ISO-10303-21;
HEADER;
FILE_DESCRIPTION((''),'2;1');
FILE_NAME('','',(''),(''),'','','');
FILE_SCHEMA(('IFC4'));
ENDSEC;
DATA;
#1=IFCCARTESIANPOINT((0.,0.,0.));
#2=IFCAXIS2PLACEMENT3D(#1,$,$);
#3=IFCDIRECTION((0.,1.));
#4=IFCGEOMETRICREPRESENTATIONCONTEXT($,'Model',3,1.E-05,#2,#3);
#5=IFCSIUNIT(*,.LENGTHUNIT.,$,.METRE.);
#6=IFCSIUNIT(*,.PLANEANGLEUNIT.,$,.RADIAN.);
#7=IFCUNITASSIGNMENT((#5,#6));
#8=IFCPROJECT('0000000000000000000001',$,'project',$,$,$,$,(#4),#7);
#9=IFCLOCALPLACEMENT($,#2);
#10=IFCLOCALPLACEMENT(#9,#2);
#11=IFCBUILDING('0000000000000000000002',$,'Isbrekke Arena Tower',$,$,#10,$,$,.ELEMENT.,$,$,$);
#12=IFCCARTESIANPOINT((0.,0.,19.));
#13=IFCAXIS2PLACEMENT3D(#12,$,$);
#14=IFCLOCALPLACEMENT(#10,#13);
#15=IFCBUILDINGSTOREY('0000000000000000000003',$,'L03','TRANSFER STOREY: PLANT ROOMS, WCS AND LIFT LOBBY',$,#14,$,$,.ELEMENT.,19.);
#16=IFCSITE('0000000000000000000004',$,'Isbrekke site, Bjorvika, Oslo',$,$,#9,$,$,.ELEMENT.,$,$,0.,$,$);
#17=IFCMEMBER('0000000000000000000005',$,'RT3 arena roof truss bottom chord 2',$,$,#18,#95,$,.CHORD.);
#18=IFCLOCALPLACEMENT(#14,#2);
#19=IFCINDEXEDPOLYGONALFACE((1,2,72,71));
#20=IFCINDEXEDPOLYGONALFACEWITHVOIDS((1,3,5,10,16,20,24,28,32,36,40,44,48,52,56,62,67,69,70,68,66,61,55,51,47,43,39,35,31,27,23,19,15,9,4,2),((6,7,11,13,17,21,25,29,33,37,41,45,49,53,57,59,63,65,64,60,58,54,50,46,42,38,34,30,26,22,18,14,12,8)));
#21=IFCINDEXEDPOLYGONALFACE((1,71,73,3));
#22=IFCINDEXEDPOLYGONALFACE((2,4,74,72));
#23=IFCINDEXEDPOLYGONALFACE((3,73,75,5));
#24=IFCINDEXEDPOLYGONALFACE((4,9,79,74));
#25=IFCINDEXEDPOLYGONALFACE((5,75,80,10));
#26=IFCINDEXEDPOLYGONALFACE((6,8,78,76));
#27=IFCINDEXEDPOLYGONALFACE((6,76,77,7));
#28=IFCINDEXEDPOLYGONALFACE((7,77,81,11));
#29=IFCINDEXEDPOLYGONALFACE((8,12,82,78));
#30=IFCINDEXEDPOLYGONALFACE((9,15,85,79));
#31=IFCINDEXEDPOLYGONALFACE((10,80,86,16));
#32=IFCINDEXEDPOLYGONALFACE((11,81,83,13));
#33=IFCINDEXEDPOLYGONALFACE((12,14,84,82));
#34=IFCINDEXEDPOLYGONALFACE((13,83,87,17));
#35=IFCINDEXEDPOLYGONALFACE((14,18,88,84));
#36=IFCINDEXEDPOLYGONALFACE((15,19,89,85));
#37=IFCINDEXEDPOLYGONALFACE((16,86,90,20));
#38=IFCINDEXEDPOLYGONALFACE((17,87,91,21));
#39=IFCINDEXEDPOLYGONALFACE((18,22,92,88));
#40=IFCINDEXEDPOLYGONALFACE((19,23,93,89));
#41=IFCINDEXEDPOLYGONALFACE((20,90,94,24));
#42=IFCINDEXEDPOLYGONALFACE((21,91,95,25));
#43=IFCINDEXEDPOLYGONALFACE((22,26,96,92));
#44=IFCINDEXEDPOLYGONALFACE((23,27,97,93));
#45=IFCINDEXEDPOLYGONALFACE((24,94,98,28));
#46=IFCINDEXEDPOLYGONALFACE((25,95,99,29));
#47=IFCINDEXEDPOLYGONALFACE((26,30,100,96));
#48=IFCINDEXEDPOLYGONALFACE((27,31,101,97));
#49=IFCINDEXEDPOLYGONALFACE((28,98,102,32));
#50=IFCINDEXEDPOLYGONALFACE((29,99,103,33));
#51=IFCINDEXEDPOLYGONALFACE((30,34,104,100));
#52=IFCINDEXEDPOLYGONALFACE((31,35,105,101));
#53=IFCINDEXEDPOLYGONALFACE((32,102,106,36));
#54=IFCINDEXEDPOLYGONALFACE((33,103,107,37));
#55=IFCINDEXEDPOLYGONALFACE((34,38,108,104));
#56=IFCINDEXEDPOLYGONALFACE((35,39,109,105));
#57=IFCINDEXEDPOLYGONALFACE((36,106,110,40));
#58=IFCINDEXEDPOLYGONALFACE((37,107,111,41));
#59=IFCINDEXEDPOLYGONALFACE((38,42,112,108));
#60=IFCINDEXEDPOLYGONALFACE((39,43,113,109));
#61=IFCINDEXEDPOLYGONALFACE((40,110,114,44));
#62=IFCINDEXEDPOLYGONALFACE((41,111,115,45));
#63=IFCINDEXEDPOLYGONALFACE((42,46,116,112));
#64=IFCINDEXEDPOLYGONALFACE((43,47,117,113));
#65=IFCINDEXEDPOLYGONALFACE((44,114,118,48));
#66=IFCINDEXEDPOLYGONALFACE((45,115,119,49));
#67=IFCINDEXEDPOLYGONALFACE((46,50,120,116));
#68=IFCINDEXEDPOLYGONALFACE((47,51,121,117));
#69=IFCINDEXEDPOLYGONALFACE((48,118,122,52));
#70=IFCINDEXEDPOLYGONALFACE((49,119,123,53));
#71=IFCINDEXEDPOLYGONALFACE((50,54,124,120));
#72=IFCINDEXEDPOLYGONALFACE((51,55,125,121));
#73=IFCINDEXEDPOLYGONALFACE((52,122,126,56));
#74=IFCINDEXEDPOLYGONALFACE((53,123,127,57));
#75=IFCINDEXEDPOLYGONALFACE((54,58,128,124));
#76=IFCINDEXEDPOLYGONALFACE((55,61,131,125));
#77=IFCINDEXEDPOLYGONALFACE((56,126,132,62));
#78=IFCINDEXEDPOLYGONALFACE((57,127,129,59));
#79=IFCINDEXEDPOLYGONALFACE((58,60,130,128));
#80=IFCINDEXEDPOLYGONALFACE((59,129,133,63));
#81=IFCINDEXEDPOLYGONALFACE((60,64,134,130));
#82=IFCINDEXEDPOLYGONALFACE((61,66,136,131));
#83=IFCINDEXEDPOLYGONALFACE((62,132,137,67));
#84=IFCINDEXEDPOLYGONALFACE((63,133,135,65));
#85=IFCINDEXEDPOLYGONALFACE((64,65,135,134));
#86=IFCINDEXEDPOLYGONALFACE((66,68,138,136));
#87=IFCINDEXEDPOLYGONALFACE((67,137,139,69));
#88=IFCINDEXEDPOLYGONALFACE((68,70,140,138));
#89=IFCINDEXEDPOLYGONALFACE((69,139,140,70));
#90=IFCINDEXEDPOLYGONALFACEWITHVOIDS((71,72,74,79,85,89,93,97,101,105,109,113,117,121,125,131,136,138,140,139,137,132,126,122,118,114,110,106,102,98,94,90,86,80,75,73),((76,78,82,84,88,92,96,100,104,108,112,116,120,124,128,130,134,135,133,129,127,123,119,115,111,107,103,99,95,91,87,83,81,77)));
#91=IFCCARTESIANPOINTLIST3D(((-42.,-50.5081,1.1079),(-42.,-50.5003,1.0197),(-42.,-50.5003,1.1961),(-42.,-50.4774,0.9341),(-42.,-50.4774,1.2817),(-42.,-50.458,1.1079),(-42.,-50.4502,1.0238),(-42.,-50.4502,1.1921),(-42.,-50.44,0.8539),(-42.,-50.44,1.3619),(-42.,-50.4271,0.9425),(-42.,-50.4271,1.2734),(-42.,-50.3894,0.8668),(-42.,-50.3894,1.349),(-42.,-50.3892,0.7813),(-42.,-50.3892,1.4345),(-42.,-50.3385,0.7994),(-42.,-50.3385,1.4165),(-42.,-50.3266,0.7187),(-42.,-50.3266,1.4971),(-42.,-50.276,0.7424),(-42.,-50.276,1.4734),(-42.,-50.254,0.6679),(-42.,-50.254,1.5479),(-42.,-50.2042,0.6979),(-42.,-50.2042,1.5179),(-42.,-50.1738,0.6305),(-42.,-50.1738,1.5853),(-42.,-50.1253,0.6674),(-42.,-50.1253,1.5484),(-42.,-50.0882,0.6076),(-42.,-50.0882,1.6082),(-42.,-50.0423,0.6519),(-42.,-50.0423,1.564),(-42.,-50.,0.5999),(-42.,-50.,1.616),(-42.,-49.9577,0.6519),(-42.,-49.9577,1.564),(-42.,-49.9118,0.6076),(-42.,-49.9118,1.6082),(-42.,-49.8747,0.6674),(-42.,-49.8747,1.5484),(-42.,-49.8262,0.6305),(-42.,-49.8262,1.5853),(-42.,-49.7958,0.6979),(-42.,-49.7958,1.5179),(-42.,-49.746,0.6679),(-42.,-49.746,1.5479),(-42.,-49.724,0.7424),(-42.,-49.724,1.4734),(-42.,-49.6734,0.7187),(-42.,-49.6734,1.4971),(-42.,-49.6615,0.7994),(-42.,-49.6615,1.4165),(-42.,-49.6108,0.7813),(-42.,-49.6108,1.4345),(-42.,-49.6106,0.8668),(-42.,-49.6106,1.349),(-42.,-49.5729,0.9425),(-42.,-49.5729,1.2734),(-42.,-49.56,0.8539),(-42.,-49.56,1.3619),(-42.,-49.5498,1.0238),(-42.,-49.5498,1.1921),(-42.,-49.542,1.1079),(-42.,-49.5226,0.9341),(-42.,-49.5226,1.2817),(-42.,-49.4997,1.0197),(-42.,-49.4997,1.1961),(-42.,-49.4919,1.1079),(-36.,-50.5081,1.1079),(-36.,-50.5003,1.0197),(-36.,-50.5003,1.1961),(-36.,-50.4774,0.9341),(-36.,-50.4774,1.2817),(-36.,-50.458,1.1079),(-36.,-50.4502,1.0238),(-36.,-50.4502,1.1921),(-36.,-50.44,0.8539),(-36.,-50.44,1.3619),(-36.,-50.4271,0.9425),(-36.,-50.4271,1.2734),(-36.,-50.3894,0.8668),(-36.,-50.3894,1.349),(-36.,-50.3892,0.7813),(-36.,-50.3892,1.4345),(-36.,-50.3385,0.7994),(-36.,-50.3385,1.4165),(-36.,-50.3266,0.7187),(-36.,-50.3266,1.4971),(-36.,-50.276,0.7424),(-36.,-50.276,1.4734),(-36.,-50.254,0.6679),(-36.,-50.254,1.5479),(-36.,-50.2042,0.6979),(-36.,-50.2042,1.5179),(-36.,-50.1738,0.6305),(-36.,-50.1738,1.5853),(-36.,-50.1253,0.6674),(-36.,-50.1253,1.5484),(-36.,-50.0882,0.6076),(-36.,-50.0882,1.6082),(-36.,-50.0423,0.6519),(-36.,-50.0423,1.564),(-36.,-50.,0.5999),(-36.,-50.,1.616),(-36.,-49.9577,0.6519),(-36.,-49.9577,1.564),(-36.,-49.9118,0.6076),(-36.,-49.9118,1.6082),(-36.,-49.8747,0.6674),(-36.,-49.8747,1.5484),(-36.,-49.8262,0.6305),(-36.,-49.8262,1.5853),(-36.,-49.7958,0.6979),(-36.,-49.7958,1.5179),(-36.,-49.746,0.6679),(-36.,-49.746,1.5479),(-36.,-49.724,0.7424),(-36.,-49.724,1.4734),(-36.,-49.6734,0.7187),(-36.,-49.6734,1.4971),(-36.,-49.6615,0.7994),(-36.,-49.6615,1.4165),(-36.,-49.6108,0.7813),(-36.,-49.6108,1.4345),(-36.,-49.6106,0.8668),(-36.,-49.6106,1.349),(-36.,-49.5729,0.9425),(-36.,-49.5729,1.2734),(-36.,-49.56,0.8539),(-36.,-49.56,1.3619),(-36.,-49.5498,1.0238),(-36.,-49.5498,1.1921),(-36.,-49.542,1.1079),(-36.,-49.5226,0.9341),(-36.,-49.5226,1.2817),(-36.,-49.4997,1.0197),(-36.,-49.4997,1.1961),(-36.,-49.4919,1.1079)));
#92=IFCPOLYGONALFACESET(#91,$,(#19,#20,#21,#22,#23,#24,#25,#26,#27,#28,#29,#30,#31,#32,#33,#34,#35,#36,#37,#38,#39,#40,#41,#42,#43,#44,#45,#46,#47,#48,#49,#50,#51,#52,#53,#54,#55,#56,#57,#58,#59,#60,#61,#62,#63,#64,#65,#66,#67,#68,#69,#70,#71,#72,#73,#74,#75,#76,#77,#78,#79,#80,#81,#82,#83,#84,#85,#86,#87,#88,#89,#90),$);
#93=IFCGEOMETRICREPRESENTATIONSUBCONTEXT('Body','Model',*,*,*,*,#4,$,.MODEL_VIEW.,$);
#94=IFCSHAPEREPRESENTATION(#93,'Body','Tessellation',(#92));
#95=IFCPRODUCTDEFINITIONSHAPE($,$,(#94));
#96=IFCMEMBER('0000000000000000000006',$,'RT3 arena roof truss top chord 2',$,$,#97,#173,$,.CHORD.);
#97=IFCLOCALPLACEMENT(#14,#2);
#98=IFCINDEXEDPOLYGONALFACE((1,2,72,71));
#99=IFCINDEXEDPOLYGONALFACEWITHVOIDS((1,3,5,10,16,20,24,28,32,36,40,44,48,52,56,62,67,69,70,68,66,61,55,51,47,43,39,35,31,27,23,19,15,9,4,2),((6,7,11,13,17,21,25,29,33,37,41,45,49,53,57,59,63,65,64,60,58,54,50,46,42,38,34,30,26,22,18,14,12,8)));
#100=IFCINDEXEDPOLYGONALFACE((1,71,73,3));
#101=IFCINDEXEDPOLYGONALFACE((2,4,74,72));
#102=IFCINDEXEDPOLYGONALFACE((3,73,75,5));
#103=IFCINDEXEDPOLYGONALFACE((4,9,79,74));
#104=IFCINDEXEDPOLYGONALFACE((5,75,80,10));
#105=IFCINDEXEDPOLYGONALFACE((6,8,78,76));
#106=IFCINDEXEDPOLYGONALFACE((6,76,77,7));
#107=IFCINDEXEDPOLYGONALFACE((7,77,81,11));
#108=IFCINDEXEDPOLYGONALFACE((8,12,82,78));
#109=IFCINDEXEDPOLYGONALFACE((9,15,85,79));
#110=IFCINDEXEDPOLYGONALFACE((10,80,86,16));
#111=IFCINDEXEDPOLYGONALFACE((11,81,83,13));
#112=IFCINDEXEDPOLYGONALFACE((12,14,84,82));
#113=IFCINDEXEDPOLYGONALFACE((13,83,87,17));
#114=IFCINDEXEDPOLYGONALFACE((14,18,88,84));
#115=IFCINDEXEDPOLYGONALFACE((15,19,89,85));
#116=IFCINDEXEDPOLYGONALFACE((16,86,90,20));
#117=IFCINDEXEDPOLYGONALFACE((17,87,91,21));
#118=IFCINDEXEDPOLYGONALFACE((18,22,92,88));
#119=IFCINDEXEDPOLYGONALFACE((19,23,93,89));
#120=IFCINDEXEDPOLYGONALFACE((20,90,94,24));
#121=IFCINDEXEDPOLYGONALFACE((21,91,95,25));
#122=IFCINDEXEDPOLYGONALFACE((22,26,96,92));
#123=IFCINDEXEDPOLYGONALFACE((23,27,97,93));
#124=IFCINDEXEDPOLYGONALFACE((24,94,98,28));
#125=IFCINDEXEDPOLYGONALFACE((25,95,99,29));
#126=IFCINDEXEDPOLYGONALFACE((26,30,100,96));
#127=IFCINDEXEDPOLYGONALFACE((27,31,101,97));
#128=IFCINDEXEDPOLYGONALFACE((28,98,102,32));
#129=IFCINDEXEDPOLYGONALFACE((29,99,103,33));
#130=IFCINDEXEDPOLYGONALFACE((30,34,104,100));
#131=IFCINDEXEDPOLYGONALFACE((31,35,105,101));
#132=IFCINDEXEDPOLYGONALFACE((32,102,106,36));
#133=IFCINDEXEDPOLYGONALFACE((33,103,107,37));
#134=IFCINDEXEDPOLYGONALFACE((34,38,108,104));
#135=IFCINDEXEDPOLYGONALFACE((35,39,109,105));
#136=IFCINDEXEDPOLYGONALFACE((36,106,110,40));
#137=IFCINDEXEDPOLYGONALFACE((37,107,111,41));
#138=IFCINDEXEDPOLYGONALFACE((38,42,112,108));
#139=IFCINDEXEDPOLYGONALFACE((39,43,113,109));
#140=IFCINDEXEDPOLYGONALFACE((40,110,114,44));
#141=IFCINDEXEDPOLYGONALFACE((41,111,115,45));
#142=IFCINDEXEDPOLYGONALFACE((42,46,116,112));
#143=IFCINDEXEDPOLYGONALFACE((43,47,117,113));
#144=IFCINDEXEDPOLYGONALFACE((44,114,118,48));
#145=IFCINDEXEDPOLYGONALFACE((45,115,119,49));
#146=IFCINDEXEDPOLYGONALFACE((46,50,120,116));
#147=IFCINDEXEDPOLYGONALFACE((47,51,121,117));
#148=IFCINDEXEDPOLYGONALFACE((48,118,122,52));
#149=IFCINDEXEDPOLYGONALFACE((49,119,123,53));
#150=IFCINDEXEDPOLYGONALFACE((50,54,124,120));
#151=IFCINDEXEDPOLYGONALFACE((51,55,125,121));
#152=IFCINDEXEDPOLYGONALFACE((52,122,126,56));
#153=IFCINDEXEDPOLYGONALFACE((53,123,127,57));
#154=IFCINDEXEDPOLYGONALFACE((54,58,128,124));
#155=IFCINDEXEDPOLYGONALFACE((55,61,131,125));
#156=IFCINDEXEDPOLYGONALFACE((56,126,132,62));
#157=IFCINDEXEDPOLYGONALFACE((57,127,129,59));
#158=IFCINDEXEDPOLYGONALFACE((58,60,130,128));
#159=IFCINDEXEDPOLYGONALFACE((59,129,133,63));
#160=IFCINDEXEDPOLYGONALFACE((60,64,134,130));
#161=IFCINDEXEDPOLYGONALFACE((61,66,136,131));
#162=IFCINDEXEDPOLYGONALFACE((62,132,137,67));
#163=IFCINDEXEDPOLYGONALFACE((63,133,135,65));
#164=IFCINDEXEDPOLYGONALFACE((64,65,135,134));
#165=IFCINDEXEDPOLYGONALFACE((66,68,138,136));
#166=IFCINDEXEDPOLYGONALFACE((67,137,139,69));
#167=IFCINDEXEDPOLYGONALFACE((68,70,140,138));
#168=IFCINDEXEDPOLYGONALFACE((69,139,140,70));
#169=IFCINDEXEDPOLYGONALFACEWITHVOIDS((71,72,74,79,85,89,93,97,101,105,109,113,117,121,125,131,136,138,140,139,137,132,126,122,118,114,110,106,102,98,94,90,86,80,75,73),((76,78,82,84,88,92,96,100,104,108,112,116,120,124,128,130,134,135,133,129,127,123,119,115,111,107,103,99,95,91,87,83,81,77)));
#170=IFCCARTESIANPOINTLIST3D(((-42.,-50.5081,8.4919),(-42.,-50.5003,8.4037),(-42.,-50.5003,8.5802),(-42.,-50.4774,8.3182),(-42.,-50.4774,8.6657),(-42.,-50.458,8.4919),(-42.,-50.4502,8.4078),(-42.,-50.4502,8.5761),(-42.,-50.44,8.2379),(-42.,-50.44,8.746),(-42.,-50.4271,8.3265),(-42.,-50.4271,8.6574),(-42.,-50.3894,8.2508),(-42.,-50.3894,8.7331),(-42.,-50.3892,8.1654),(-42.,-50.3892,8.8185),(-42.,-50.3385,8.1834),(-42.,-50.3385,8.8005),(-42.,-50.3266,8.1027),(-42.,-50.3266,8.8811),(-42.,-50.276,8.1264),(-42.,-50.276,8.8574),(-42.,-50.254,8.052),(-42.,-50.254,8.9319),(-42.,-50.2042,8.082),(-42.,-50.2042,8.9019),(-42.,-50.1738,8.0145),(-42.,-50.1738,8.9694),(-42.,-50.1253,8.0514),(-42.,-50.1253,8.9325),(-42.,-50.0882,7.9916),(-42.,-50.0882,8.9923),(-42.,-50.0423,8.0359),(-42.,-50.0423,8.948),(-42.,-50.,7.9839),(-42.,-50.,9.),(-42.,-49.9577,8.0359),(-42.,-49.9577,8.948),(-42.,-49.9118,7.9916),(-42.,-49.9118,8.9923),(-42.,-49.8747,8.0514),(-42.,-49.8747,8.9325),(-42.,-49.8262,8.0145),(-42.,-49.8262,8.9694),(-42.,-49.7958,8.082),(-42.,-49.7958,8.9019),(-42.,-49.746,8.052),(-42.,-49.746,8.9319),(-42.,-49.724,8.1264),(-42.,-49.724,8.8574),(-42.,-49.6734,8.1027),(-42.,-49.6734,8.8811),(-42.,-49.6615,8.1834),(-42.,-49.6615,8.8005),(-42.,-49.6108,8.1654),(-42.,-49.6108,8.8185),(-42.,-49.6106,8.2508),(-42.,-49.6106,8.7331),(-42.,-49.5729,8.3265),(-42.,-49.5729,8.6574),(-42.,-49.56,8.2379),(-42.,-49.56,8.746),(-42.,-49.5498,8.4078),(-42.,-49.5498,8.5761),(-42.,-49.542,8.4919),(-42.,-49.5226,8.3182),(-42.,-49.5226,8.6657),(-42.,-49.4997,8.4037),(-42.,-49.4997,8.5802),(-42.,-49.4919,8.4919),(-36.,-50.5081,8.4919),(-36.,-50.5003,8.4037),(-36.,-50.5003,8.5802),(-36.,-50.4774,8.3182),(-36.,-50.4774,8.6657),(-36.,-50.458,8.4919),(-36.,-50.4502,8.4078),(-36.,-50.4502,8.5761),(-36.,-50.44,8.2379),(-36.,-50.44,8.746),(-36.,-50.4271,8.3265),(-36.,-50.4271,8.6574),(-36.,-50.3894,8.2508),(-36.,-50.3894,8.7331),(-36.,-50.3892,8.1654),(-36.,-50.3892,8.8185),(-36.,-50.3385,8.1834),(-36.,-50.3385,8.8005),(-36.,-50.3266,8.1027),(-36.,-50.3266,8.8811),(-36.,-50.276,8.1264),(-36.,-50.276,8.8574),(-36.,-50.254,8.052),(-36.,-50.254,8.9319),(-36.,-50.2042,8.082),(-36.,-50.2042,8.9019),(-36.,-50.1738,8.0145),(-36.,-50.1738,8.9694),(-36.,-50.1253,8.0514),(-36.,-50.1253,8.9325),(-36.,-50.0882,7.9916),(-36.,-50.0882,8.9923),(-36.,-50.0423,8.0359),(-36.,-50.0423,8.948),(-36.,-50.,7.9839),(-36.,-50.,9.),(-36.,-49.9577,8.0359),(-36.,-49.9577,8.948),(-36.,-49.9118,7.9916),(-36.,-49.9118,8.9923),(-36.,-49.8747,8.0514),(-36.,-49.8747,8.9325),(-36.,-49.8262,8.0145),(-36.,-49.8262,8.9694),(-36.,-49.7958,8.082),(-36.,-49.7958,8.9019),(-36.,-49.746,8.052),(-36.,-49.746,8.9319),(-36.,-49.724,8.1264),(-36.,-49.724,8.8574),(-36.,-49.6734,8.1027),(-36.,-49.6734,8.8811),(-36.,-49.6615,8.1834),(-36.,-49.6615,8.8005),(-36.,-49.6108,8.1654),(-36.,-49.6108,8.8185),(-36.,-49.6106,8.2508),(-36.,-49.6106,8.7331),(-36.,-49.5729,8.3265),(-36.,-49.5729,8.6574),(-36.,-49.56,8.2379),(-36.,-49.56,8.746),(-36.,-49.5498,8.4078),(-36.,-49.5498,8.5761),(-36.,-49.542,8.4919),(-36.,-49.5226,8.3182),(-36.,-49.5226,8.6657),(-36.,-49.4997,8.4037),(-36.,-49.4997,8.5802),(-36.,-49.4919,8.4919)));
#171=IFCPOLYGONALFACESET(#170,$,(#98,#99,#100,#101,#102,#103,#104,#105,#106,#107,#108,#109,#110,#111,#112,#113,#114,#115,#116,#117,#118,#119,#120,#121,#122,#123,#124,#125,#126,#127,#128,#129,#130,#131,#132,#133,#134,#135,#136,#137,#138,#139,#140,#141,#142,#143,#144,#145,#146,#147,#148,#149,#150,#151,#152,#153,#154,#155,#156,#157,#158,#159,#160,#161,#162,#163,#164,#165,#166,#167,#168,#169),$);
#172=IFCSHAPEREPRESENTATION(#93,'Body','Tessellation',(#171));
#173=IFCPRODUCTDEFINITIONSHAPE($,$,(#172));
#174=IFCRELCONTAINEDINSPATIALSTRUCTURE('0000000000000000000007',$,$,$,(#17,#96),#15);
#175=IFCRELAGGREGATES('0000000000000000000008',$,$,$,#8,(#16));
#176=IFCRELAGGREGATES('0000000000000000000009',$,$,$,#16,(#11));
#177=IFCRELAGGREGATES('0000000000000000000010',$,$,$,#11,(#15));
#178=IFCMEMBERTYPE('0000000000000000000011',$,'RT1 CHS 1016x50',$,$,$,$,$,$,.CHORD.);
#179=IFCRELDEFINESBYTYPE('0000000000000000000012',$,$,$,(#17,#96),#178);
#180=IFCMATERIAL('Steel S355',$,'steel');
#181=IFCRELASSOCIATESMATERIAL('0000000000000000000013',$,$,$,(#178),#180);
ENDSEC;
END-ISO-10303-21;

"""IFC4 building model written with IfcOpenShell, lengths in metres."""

from ifc_helpers import new_model, si_unit, direction, frame, origin, origin_2d, place, context, subcontext, project, spatial, hollow_circle, extrude, material, material_profile, profile_set, type_object, element, save


model = new_model("IFC4")

# Units and contexts
model_context = context("Model", 3, precision=1e-05, world=origin(), true_north=direction((0.0, 1.0)))
body_context = subcontext(model_context, "Body", "Model", "MODEL_VIEW")
ifc_project = project(units=[si_unit("LENGTHUNIT", "METRE"), si_unit("PLANEANGLEUNIT", "RADIAN")], contexts=[model_context])

# Site, building, storey
site_placement = place(None, origin())
site = spatial("IfcSite", under=ifc_project, at=site_placement, Name="Isbrekke site, Bjorvika, Oslo", CompositionType="ELEMENT", RefElevation=0.0)
building_placement = place(site_placement, origin())
building = spatial("IfcBuilding", under=site, at=building_placement, Name="Isbrekke Arena Tower", CompositionType="ELEMENT")
storey_placement = place(building_placement, frame((0.0, 0.0, 19.0)))
storey = spatial("IfcBuildingStorey", under=building, at=storey_placement, Name="L03", Description="TRANSFER STOREY: PLANT ROOMS, WCS AND LIFT LOBBY", CompositionType="ELEMENT", Elevation=19.0)

# Members
ifc_material_1 = material(Name="Steel S355", Category="steel")
ifc_material_profile_1 = material_profile(ifc_material_1, hollow_circle(Radius=0.5081, WallThickness=0.05, at=origin_2d()), Name="CHS 1016x50")
ifc_profile_set_1 = profile_set([ifc_material_profile_1], Name="Steel S355")
member_type_1 = type_object("IfcMemberType", Name="RT1 CHS 1016x50", PredefinedType="CHORD", material=ifc_profile_set_1)
for number, where, z_axis, x_axis, name in (
    (1, (-42.0, -50.0, 1.1079), (1.0, 0.0, 0.0), (0.0, 1.0, 0.0), "RT3 arena roof truss bottom chord 2"),
    (2, (-42.0, -50.0, 8.4919), (1.0, 0.0, 0.0), (0.0, 1.0, 0.0), "RT3 arena roof truss top chord 2"),
):
    element("IfcMember", number, at=place(storey_placement, frame(where, z_axis=z_axis, x_axis=x_axis)), inside=storey, type_object=member_type_1, Name=name, PredefinedType="CHORD", context=body_context, shape_type="SweptSolid", body=[
        extrude(hollow_circle(Radius=0.5081, WallThickness=0.05, at=origin_2d()), origin(), (0.0, 0.0, 1.0), 6.0),
    ])

save(model, "model.ifc")
